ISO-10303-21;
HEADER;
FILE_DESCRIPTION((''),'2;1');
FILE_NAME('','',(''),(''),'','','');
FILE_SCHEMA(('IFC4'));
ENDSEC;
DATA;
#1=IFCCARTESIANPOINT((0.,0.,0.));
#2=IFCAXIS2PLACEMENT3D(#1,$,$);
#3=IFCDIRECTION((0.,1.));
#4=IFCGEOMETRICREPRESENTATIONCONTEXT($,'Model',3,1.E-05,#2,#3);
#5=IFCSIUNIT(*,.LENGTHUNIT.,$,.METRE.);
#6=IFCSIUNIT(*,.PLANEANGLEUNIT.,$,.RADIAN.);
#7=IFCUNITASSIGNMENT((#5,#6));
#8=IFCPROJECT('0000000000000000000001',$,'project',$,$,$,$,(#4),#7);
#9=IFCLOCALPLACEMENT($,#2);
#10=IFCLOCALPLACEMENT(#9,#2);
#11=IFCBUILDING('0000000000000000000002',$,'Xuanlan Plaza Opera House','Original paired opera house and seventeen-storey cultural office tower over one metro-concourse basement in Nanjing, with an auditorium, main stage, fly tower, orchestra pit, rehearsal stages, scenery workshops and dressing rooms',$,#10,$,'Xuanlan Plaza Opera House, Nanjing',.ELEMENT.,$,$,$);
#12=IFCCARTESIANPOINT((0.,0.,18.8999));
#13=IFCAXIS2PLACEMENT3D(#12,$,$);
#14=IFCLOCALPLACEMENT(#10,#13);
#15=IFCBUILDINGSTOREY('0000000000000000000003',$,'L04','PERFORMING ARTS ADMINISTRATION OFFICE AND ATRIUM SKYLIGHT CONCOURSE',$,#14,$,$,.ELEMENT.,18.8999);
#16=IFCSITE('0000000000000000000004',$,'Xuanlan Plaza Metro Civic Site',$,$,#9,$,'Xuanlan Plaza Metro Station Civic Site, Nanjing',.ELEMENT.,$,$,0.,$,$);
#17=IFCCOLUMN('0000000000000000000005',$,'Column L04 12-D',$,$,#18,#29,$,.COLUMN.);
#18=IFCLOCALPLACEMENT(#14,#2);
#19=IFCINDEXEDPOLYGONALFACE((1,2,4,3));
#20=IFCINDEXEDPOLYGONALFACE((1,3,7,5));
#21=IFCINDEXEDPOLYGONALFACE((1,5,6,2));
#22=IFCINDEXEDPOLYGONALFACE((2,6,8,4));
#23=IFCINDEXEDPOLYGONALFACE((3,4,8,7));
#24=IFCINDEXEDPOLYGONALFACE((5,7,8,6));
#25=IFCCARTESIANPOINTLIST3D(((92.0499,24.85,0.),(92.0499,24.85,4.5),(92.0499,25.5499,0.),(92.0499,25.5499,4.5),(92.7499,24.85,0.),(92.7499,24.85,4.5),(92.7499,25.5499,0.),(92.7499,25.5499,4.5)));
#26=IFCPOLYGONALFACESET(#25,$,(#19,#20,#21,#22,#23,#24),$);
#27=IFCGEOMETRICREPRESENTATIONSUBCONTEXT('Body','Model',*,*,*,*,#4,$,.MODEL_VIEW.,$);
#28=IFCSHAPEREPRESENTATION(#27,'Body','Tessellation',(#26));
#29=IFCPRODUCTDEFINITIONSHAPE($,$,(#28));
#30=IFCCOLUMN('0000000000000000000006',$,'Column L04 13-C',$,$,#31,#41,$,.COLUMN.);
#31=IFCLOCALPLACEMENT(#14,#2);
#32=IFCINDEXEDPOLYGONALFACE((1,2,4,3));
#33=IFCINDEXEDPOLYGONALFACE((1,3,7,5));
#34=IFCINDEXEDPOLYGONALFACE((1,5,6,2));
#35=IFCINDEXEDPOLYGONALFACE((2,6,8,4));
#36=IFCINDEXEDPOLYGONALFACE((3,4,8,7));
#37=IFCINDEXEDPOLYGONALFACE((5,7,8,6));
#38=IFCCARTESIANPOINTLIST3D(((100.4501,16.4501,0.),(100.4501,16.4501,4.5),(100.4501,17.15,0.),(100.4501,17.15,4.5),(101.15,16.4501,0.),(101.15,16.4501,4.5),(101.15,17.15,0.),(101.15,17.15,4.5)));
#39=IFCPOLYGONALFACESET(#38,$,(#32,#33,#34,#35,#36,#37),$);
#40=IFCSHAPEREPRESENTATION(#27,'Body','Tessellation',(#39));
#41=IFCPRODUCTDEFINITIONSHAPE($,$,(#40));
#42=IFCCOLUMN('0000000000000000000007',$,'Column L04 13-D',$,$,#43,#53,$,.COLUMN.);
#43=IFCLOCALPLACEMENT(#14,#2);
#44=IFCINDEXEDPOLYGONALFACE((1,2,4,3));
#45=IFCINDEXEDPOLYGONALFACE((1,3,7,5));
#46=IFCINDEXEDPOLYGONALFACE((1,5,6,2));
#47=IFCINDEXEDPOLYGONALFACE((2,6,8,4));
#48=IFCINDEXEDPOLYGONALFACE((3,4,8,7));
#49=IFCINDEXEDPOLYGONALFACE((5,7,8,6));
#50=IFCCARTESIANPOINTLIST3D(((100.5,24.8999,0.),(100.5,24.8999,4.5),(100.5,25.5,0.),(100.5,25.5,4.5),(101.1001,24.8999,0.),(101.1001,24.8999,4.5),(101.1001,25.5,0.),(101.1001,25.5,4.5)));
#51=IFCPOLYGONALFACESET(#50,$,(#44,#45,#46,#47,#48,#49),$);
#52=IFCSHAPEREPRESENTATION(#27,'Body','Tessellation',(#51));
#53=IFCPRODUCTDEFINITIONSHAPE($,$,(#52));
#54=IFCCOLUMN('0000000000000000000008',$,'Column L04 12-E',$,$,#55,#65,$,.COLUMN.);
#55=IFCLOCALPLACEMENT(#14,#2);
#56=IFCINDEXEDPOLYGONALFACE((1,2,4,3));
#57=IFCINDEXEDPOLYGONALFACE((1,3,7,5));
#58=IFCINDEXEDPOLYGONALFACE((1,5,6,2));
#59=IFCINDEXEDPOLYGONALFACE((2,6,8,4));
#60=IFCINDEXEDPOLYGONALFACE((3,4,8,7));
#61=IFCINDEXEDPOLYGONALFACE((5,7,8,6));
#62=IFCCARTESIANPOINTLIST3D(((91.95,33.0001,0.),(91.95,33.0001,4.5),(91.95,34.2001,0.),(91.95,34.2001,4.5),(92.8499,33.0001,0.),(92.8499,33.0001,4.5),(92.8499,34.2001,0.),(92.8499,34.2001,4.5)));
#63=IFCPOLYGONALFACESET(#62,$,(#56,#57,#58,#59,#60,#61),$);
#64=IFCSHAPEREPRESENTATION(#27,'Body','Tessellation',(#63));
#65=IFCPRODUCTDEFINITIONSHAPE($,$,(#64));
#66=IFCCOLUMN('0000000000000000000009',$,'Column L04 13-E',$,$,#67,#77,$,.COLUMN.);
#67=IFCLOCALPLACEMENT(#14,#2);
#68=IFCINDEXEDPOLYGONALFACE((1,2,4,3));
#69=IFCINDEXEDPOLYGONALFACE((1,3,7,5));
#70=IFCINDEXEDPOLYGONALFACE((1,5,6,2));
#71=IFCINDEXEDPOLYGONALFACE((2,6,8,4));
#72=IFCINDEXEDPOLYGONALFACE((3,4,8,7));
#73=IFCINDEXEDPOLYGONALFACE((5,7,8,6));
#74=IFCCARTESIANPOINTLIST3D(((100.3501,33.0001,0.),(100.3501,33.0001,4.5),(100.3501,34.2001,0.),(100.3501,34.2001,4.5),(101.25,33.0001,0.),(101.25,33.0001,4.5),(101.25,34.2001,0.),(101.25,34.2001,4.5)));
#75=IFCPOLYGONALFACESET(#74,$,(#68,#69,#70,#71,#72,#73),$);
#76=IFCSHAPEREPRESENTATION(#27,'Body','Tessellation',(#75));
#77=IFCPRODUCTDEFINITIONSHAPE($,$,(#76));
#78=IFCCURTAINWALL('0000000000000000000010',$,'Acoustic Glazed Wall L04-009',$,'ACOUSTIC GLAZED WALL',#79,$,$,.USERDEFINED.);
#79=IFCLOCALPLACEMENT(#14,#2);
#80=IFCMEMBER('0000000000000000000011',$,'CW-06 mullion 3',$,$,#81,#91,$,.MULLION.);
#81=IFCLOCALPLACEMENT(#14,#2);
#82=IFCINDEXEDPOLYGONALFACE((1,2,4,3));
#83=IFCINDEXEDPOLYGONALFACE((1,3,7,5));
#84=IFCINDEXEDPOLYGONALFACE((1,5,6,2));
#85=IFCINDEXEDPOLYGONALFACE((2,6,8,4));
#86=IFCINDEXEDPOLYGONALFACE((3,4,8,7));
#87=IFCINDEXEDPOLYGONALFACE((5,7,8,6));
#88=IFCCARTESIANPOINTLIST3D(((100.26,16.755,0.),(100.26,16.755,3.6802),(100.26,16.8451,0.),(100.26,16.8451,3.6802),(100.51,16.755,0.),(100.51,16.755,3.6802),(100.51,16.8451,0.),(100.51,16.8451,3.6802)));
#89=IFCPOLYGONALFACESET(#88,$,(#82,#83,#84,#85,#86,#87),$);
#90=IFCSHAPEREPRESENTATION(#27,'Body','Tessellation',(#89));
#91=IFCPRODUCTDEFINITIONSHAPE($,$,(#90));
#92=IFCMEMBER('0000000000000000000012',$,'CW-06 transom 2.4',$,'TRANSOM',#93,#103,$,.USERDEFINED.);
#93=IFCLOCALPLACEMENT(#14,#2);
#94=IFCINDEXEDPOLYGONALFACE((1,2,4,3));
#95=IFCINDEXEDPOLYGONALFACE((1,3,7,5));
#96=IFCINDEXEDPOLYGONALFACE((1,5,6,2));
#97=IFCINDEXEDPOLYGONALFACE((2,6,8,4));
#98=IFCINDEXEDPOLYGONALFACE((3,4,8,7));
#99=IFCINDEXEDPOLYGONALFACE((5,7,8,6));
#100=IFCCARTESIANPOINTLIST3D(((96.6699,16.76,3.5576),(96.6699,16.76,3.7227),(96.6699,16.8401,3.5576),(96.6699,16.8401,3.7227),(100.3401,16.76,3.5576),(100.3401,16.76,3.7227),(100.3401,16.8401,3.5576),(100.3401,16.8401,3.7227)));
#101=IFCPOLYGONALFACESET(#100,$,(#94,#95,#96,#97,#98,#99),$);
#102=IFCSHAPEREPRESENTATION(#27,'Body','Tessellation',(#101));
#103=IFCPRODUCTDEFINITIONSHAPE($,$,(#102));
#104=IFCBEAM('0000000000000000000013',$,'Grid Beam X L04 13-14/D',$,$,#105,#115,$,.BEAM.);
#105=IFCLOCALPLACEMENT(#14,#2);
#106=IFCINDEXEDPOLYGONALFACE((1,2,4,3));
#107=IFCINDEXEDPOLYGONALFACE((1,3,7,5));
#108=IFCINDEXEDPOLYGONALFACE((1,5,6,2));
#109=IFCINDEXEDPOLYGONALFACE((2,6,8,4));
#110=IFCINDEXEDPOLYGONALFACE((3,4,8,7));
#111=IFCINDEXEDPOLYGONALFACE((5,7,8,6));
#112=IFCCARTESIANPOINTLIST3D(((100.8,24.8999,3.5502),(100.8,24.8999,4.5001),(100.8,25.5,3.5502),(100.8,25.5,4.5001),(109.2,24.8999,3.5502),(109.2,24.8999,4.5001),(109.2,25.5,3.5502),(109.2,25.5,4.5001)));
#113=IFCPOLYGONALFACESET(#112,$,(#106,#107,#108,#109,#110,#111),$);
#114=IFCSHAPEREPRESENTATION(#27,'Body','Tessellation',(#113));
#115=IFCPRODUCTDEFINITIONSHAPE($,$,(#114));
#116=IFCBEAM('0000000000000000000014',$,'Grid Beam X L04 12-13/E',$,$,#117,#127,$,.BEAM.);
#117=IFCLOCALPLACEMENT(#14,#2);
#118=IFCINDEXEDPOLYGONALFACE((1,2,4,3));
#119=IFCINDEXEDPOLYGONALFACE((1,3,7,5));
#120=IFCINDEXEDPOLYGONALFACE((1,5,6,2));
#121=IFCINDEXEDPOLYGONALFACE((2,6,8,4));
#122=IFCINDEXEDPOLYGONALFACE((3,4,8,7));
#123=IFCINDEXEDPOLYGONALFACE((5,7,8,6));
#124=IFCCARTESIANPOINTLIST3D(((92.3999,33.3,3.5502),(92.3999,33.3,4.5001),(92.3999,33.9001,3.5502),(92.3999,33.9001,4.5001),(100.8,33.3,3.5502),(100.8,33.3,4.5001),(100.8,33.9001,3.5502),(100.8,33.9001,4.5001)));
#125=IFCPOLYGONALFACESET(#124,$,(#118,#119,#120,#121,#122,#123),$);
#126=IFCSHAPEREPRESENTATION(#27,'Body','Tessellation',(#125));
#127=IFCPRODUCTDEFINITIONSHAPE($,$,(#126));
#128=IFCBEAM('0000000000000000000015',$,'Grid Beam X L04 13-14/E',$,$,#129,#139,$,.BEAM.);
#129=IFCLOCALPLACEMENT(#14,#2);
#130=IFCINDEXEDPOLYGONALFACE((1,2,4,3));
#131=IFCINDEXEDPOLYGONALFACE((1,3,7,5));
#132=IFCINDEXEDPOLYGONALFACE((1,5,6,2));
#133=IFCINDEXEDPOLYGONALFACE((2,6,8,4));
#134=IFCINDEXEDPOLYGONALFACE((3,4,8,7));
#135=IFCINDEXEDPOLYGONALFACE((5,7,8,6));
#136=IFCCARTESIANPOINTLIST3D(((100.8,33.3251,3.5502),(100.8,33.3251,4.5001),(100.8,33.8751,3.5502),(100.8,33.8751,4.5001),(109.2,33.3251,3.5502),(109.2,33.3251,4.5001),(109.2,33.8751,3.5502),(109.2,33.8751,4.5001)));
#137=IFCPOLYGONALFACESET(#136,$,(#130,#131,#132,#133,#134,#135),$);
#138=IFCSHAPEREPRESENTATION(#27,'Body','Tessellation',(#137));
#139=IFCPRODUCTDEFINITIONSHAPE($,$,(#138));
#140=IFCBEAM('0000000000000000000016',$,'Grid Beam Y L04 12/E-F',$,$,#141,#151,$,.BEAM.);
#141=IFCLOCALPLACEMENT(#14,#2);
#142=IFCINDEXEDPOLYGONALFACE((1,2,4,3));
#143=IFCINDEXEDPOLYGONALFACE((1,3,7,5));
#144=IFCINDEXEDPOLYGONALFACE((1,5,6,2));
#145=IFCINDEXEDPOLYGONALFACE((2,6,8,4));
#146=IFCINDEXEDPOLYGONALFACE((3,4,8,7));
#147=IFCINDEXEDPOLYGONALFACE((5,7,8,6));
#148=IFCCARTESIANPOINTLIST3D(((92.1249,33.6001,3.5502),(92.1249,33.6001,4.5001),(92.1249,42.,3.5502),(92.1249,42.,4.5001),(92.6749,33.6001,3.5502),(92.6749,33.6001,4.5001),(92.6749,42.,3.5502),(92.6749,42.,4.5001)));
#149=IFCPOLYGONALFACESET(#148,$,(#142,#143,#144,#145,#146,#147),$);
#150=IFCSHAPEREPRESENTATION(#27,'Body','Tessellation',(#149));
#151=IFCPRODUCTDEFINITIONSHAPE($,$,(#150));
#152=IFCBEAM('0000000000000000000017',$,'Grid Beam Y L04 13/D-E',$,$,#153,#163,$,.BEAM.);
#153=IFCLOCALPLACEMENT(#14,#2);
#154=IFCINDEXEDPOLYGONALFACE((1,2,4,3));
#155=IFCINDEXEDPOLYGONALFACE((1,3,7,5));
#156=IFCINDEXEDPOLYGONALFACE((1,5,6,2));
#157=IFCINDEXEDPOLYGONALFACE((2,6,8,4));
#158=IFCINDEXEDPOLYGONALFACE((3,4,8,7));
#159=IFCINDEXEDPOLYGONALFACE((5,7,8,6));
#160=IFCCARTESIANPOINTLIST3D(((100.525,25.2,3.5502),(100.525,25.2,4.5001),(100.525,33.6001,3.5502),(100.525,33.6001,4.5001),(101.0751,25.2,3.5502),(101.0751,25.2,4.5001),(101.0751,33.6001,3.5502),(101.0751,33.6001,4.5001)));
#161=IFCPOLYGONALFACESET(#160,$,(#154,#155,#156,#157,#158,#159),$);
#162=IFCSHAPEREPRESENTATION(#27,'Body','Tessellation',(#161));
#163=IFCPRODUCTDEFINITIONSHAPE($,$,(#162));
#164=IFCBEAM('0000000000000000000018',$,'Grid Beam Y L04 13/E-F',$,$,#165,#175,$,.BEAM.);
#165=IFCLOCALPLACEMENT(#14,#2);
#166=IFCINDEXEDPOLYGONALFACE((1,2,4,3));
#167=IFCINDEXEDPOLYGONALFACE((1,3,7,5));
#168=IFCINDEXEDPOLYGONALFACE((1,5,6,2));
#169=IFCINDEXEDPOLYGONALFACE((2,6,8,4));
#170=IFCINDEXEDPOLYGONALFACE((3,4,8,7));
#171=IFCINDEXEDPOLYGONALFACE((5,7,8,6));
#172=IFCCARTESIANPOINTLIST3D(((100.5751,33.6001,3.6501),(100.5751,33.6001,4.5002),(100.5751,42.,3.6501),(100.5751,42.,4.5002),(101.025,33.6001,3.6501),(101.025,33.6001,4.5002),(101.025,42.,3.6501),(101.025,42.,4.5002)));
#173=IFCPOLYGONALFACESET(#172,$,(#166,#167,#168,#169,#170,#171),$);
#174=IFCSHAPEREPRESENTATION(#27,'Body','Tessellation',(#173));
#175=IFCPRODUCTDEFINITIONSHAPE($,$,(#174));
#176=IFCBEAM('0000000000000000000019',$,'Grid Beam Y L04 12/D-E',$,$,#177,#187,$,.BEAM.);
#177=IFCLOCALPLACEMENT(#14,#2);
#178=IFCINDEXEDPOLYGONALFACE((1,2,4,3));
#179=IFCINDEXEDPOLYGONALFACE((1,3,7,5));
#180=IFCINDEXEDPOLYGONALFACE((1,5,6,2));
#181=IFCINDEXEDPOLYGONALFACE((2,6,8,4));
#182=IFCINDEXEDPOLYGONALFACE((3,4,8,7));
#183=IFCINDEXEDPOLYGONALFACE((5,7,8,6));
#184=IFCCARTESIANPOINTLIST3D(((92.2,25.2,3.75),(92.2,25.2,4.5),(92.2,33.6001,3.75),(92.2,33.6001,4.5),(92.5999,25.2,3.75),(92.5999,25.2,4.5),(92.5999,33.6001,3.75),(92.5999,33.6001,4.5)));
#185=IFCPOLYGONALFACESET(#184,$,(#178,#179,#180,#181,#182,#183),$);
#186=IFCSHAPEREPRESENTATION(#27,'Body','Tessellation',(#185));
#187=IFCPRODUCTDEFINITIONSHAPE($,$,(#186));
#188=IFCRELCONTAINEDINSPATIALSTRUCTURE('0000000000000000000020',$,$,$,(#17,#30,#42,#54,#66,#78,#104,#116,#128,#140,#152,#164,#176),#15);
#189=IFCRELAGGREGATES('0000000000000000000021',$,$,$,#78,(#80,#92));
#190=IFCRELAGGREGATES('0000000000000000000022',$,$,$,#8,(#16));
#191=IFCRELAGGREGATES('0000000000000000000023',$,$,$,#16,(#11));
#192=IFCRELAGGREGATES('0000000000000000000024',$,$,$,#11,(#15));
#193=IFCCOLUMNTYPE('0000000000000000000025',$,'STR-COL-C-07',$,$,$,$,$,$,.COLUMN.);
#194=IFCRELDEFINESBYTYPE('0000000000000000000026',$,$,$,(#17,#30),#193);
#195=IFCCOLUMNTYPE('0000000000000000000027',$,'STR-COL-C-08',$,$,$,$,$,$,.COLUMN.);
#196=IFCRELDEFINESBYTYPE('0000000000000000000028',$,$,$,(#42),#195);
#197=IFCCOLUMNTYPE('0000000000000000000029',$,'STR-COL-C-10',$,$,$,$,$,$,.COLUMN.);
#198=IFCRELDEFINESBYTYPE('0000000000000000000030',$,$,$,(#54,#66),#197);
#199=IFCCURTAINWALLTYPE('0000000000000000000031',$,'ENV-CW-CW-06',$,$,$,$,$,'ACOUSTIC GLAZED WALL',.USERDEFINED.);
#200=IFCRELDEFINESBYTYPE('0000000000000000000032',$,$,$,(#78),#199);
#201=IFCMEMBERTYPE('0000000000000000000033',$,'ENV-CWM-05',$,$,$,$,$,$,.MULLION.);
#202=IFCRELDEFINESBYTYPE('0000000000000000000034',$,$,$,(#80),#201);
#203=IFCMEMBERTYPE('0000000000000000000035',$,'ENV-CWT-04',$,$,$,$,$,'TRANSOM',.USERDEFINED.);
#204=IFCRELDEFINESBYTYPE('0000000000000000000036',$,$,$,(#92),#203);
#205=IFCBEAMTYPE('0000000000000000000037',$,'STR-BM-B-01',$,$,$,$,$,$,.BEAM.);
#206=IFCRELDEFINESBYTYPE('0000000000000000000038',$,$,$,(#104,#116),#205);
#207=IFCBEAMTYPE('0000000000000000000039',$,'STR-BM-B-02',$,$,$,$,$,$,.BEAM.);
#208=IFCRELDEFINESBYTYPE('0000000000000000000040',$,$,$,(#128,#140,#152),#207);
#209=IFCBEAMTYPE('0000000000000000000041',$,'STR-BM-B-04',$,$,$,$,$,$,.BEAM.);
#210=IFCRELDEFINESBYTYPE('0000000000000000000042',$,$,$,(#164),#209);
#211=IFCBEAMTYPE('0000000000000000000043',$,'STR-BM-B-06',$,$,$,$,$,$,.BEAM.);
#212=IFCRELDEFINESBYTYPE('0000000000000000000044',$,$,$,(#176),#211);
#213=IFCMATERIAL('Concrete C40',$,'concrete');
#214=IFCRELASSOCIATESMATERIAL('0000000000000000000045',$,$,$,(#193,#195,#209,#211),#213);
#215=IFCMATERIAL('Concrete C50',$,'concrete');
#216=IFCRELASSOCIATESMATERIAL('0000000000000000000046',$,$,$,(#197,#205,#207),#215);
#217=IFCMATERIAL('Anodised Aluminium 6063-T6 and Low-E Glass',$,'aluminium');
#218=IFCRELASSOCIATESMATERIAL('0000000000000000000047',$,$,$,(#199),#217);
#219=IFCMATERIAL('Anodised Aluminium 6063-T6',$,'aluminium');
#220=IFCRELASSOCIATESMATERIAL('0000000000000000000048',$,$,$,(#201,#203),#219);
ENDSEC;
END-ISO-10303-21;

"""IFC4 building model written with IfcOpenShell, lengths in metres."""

from ifc_helpers import new_model, si_unit, direction, frame, origin, origin_2d, place, context, subcontext, project, spatial, rectangle, extrude, material, material_profile, profile_set, type_object, element, aggregate, save


model = new_model("IFC4")

# Units and contexts
model_context = context("Model", 3, precision=1e-05, world=origin(), true_north=direction((0.0, 1.0)))
body_context = subcontext(model_context, "Body", "Model", "MODEL_VIEW")
ifc_project = project(units=[si_unit("LENGTHUNIT", "METRE"), si_unit("PLANEANGLEUNIT", "RADIAN")], contexts=[model_context])

# Site, building, storey
site_placement = place(None, origin())
site = spatial("IfcSite", under=ifc_project, at=site_placement, Name="Xuanlan Plaza Metro Civic Site", LongName="Xuanlan Plaza Metro Station Civic Site, Nanjing", CompositionType="ELEMENT", RefElevation=0.0)
building_placement = place(site_placement, origin())
building = spatial("IfcBuilding", under=site, at=building_placement, Name="Xuanlan Plaza Opera House", Description="Original paired opera house and seventeen-storey cultural office tower over one metro-concourse basement in Nanjing, with an auditorium, main stage, fly tower, orchestra pit, rehearsal stages, scenery workshops and dressing rooms", LongName="Xuanlan Plaza Opera House, Nanjing", CompositionType="ELEMENT")
storey_placement = place(building_placement, frame((0.0, 0.0, 18.8999)))
storey = spatial("IfcBuildingStorey", under=building, at=storey_placement, Name="L04", Description="PERFORMING ARTS ADMINISTRATION OFFICE AND ATRIUM SKYLIGHT CONCOURSE", CompositionType="ELEMENT", Elevation=18.8999)

# Columns
ifc_material_1 = material(Name="Concrete C40", Category="concrete")
ifc_material_profile_1 = material_profile(ifc_material_1, rectangle(XDim=0.7, YDim=0.7, at=origin_2d()), Name="RC-COL 700x700")
ifc_profile_set_1 = profile_set([ifc_material_profile_1], Name="Concrete C40")
column_type_1 = type_object("IfcColumnType", Name="STR-COL-C-07", PredefinedType="COLUMN", material=ifc_profile_set_1)
for number, where, z_axis, x_axis, name in (
    (1, (92.3999, 25.2, 0.0), (0.0, 0.0, 1.0), (1.0, 0.0, 0.0), "Column L04 12-D"),
    (2, (100.8, 16.8, 0.0), (0.0, 0.0, 1.0), (1.0, 0.0, 0.0), "Column L04 13-C"),
):
    element("IfcColumn", number, at=place(storey_placement, frame(where, z_axis=z_axis, x_axis=x_axis)), inside=storey, type_object=column_type_1, Name=name, PredefinedType="COLUMN", context=body_context, shape_type="SweptSolid", body=[
        extrude(rectangle(XDim=0.7, YDim=0.7, at=origin_2d()), origin(), (0.0, 0.0, 1.0), 4.5),
    ])
ifc_material_profile_2 = material_profile(ifc_material_1, rectangle(XDim=0.6001, YDim=0.6001, at=origin_2d()), Name="RC-COL 600x600")
ifc_profile_set_2 = profile_set([ifc_material_profile_2], Name="Concrete C40")
column_type_2 = type_object("IfcColumnType", Name="STR-COL-C-08", PredefinedType="COLUMN", material=ifc_profile_set_2)
column_placement = place(storey_placement, frame((100.8, 25.2, 0.0), z_axis=(0.0, 0.0, 1.0), x_axis=(1.0, 0.0, 0.0)))
element("IfcColumn", 3, at=column_placement, inside=storey, type_object=column_type_2, Name="Column L04 13-D", PredefinedType="COLUMN", context=body_context, shape_type="SweptSolid", body=[
    extrude(rectangle(XDim=0.6001, YDim=0.6001, at=origin_2d()), origin(), (0.0, 0.0, 1.0), 4.5),
])
ifc_material_2 = material(Name="Concrete C50", Category="concrete")
ifc_material_profile_3 = material_profile(ifc_material_2, rectangle(XDim=0.8999, YDim=1.2, at=origin_2d()), Name="RC-COL 900x1200")
ifc_profile_set_3 = profile_set([ifc_material_profile_3], Name="Concrete C50")
column_type_3 = type_object("IfcColumnType", Name="STR-COL-C-10", PredefinedType="COLUMN", material=ifc_profile_set_3)
for number, where, z_axis, x_axis, name in (
    (4, (92.3999, 33.6001, 0.0), (0.0, 0.0, 1.0), (1.0, 0.0, 0.0), "Column L04 12-E"),
    (5, (100.8, 33.6001, 0.0), (0.0, 0.0, 1.0), (1.0, 0.0, 0.0), "Column L04 13-E"),
):
    element("IfcColumn", number, at=place(storey_placement, frame(where, z_axis=z_axis, x_axis=x_axis)), inside=storey, type_object=column_type_3, Name=name, PredefinedType="COLUMN", context=body_context, shape_type="SweptSolid", body=[
        extrude(rectangle(XDim=0.8999, YDim=1.2, at=origin_2d()), origin(), (0.0, 0.0, 1.0), 4.5),
    ])

# Curtain wall, members
ifc_material_3 = material(Name="Anodised Aluminium 6063-T6 and Low-E Glass", Category="aluminium")
curtain_wall_type = type_object("IfcCurtainWallType", Name="ENV-CW-CW-06", ElementType="ACOUSTIC GLAZED WALL", PredefinedType="USERDEFINED", material=ifc_material_3)
curtain_wall_placement = place(storey_placement, origin())
curtain_wall = element("IfcCurtainWall", 6, at=curtain_wall_placement, inside=storey, type_object=curtain_wall_type, Name="Acoustic Glazed Wall L04-009", ObjectType="ACOUSTIC GLAZED WALL", PredefinedType="USERDEFINED")
ifc_material_4 = material(Name="Anodised Aluminium 6063-T6", Category="aluminium")
ifc_material_profile_4 = material_profile(ifc_material_4, rectangle(XDim=0.0901, YDim=0.25, at=origin_2d()), Name="ALU-M 90x250")
ifc_profile_set_4 = profile_set([ifc_material_profile_4], Name="Anodised Aluminium 6063-T6")
member_type_1 = type_object("IfcMemberType", Name="ENV-CWM-05", PredefinedType="MULLION", material=ifc_profile_set_4)
member_1_placement = place(storey_placement, frame((100.385, 16.8, 0.0), z_axis=(0.0, 0.0, 1.0), x_axis=(0.0, 1.0, 0.0)))
member_1 = element("IfcMember", 7, at=member_1_placement, type_object=member_type_1, Name="CW-06 mullion 3", PredefinedType="MULLION", context=body_context, shape_type="SweptSolid", body=[
    extrude(rectangle(XDim=0.0901, YDim=0.25, at=origin_2d()), origin(), (0.0, 0.0, 1.0), 3.6802),
])
ifc_material_profile_5 = material_profile(ifc_material_4, rectangle(XDim=0.0801, YDim=0.165, at=origin_2d()), Name="ALU-T 80x165")
ifc_profile_set_5 = profile_set([ifc_material_profile_5], Name="Anodised Aluminium 6063-T6")
member_type_2 = type_object("IfcMemberType", Name="ENV-CWT-04", ElementType="TRANSOM", PredefinedType="USERDEFINED", material=ifc_profile_set_5)
member_2_placement = place(storey_placement, frame((96.6699, 16.8, 3.6401), z_axis=(1.0, 0.0, 0.0), x_axis=(0.0, 1.0, 0.0)))
member_2 = element("IfcMember", 8, at=member_2_placement, type_object=member_type_2, Name="CW-06 transom 2.4", ObjectType="TRANSOM", PredefinedType="USERDEFINED", context=body_context, shape_type="SweptSolid", body=[
    extrude(rectangle(XDim=0.0801, YDim=0.165, at=origin_2d()), origin(), (0.0, 0.0, 1.0), 3.6702),
])

# Beams
ifc_material_profile_6 = material_profile(ifc_material_2, rectangle(XDim=0.6001, YDim=0.95, at=origin_2d()), Name="RC-BM 600x950")
ifc_profile_set_6 = profile_set([ifc_material_profile_6], Name="Concrete C50")
beam_type_1 = type_object("IfcBeamType", Name="STR-BM-B-01", PredefinedType="BEAM", material=ifc_profile_set_6)
beam_1_placement = place(storey_placement, frame((100.8, 25.2, 4.0251), z_axis=(1.0, 0.0, 0.0), x_axis=(0.0, 1.0, 0.0)))
element("IfcBeam", 9, at=beam_1_placement, inside=storey, type_object=beam_type_1, Name="Grid Beam X L04 13-14/D", PredefinedType="BEAM", context=body_context, shape_type="SweptSolid", body=[
    extrude(rectangle(XDim=0.6001, YDim=0.95, at=origin_2d()), origin(), (0.0, 0.0, 1.0), 8.3999),
])
beam_2_placement = place(storey_placement, frame((92.3999, 33.6001, 4.0251), z_axis=(1.0, 0.0, 0.0), x_axis=(0.0, 1.0, 0.0)))
element("IfcBeam", 10, at=beam_2_placement, inside=storey, type_object=beam_type_1, Name="Grid Beam X L04 12-13/E", PredefinedType="BEAM", context=body_context, shape_type="SweptSolid", body=[
    extrude(rectangle(XDim=0.6001, YDim=0.95, at=origin_2d()), origin(), (0.0, 0.0, 1.0), 8.4001),
])
ifc_material_profile_7 = material_profile(ifc_material_2, rectangle(XDim=0.55, YDim=0.95, at=origin_2d()), Name="RC-BM 550x950")
ifc_profile_set_7 = profile_set([ifc_material_profile_7], Name="Concrete C50")
beam_type_2 = type_object("IfcBeamType", Name="STR-BM-B-02", PredefinedType="BEAM", material=ifc_profile_set_7)
for number, where, z_axis, x_axis, name in (
    (11, (100.8, 33.6001, 4.0251), (1.0, 0.0, 0.0), (0.0, 1.0, 0.0), "Grid Beam X L04 13-14/E"),
    (12, (92.3999, 33.6001, 4.0251), (0.0, 1.0, 0.0), (-1.0, 0.0, 0.0), "Grid Beam Y L04 12/E-F"),
):
    element("IfcBeam", number, at=place(storey_placement, frame(where, z_axis=z_axis, x_axis=x_axis)), inside=storey, type_object=beam_type_2, Name=name, PredefinedType="BEAM", context=body_context, shape_type="SweptSolid", body=[
        extrude(rectangle(XDim=0.55, YDim=0.95, at=origin_2d()), origin(), (0.0, 0.0, 1.0), 8.3999),
    ])
beam_3_placement = place(storey_placement, frame((100.8, 25.2, 4.0251), z_axis=(0.0, 1.0, 0.0), x_axis=(-1.0, 0.0, 0.0)))
element("IfcBeam", 13, at=beam_3_placement, inside=storey, type_object=beam_type_2, Name="Grid Beam Y L04 13/D-E", PredefinedType="BEAM", context=body_context, shape_type="SweptSolid", body=[
    extrude(rectangle(XDim=0.55, YDim=0.95, at=origin_2d()), origin(), (0.0, 0.0, 1.0), 8.4001),
])
ifc_material_profile_8 = material_profile(ifc_material_1, rectangle(XDim=0.45, YDim=0.8501, at=origin_2d()), Name="RC-BM 450x850")
ifc_profile_set_8 = profile_set([ifc_material_profile_8], Name="Concrete C40")
beam_type_3 = type_object("IfcBeamType", Name="STR-BM-B-04", PredefinedType="BEAM", material=ifc_profile_set_8)
beam_4_placement = place(storey_placement, frame((100.8, 33.6001, 4.0752), z_axis=(0.0, 1.0, 0.0), x_axis=(-1.0, 0.0, 0.0)))
element("IfcBeam", 14, at=beam_4_placement, inside=storey, type_object=beam_type_3, Name="Grid Beam Y L04 13/E-F", PredefinedType="BEAM", context=body_context, shape_type="SweptSolid", body=[
    extrude(rectangle(XDim=0.45, YDim=0.8501, at=origin_2d()), origin(), (0.0, 0.0, 1.0), 8.3999),
])
ifc_material_profile_9 = material_profile(ifc_material_1, rectangle(XDim=0.3999, YDim=0.75, at=origin_2d()), Name="RC-BM 400x750")
ifc_profile_set_9 = profile_set([ifc_material_profile_9], Name="Concrete C40")
beam_type_4 = type_object("IfcBeamType", Name="STR-BM-B-06", PredefinedType="BEAM", material=ifc_profile_set_9)
beam_5_placement = place(storey_placement, frame((92.3999, 25.2, 4.125), z_axis=(0.0, 1.0, 0.0), x_axis=(-1.0, 0.0, 0.0)))
element("IfcBeam", 15, at=beam_5_placement, inside=storey, type_object=beam_type_4, Name="Grid Beam Y L04 12/D-E", PredefinedType="BEAM", context=body_context, shape_type="SweptSolid", body=[
    extrude(rectangle(XDim=0.3999, YDim=0.75, at=origin_2d()), origin(), (0.0, 0.0, 1.0), 8.4001),
])

aggregate(curtain_wall, [member_1, member_2])

save(model, "model.ifc")
